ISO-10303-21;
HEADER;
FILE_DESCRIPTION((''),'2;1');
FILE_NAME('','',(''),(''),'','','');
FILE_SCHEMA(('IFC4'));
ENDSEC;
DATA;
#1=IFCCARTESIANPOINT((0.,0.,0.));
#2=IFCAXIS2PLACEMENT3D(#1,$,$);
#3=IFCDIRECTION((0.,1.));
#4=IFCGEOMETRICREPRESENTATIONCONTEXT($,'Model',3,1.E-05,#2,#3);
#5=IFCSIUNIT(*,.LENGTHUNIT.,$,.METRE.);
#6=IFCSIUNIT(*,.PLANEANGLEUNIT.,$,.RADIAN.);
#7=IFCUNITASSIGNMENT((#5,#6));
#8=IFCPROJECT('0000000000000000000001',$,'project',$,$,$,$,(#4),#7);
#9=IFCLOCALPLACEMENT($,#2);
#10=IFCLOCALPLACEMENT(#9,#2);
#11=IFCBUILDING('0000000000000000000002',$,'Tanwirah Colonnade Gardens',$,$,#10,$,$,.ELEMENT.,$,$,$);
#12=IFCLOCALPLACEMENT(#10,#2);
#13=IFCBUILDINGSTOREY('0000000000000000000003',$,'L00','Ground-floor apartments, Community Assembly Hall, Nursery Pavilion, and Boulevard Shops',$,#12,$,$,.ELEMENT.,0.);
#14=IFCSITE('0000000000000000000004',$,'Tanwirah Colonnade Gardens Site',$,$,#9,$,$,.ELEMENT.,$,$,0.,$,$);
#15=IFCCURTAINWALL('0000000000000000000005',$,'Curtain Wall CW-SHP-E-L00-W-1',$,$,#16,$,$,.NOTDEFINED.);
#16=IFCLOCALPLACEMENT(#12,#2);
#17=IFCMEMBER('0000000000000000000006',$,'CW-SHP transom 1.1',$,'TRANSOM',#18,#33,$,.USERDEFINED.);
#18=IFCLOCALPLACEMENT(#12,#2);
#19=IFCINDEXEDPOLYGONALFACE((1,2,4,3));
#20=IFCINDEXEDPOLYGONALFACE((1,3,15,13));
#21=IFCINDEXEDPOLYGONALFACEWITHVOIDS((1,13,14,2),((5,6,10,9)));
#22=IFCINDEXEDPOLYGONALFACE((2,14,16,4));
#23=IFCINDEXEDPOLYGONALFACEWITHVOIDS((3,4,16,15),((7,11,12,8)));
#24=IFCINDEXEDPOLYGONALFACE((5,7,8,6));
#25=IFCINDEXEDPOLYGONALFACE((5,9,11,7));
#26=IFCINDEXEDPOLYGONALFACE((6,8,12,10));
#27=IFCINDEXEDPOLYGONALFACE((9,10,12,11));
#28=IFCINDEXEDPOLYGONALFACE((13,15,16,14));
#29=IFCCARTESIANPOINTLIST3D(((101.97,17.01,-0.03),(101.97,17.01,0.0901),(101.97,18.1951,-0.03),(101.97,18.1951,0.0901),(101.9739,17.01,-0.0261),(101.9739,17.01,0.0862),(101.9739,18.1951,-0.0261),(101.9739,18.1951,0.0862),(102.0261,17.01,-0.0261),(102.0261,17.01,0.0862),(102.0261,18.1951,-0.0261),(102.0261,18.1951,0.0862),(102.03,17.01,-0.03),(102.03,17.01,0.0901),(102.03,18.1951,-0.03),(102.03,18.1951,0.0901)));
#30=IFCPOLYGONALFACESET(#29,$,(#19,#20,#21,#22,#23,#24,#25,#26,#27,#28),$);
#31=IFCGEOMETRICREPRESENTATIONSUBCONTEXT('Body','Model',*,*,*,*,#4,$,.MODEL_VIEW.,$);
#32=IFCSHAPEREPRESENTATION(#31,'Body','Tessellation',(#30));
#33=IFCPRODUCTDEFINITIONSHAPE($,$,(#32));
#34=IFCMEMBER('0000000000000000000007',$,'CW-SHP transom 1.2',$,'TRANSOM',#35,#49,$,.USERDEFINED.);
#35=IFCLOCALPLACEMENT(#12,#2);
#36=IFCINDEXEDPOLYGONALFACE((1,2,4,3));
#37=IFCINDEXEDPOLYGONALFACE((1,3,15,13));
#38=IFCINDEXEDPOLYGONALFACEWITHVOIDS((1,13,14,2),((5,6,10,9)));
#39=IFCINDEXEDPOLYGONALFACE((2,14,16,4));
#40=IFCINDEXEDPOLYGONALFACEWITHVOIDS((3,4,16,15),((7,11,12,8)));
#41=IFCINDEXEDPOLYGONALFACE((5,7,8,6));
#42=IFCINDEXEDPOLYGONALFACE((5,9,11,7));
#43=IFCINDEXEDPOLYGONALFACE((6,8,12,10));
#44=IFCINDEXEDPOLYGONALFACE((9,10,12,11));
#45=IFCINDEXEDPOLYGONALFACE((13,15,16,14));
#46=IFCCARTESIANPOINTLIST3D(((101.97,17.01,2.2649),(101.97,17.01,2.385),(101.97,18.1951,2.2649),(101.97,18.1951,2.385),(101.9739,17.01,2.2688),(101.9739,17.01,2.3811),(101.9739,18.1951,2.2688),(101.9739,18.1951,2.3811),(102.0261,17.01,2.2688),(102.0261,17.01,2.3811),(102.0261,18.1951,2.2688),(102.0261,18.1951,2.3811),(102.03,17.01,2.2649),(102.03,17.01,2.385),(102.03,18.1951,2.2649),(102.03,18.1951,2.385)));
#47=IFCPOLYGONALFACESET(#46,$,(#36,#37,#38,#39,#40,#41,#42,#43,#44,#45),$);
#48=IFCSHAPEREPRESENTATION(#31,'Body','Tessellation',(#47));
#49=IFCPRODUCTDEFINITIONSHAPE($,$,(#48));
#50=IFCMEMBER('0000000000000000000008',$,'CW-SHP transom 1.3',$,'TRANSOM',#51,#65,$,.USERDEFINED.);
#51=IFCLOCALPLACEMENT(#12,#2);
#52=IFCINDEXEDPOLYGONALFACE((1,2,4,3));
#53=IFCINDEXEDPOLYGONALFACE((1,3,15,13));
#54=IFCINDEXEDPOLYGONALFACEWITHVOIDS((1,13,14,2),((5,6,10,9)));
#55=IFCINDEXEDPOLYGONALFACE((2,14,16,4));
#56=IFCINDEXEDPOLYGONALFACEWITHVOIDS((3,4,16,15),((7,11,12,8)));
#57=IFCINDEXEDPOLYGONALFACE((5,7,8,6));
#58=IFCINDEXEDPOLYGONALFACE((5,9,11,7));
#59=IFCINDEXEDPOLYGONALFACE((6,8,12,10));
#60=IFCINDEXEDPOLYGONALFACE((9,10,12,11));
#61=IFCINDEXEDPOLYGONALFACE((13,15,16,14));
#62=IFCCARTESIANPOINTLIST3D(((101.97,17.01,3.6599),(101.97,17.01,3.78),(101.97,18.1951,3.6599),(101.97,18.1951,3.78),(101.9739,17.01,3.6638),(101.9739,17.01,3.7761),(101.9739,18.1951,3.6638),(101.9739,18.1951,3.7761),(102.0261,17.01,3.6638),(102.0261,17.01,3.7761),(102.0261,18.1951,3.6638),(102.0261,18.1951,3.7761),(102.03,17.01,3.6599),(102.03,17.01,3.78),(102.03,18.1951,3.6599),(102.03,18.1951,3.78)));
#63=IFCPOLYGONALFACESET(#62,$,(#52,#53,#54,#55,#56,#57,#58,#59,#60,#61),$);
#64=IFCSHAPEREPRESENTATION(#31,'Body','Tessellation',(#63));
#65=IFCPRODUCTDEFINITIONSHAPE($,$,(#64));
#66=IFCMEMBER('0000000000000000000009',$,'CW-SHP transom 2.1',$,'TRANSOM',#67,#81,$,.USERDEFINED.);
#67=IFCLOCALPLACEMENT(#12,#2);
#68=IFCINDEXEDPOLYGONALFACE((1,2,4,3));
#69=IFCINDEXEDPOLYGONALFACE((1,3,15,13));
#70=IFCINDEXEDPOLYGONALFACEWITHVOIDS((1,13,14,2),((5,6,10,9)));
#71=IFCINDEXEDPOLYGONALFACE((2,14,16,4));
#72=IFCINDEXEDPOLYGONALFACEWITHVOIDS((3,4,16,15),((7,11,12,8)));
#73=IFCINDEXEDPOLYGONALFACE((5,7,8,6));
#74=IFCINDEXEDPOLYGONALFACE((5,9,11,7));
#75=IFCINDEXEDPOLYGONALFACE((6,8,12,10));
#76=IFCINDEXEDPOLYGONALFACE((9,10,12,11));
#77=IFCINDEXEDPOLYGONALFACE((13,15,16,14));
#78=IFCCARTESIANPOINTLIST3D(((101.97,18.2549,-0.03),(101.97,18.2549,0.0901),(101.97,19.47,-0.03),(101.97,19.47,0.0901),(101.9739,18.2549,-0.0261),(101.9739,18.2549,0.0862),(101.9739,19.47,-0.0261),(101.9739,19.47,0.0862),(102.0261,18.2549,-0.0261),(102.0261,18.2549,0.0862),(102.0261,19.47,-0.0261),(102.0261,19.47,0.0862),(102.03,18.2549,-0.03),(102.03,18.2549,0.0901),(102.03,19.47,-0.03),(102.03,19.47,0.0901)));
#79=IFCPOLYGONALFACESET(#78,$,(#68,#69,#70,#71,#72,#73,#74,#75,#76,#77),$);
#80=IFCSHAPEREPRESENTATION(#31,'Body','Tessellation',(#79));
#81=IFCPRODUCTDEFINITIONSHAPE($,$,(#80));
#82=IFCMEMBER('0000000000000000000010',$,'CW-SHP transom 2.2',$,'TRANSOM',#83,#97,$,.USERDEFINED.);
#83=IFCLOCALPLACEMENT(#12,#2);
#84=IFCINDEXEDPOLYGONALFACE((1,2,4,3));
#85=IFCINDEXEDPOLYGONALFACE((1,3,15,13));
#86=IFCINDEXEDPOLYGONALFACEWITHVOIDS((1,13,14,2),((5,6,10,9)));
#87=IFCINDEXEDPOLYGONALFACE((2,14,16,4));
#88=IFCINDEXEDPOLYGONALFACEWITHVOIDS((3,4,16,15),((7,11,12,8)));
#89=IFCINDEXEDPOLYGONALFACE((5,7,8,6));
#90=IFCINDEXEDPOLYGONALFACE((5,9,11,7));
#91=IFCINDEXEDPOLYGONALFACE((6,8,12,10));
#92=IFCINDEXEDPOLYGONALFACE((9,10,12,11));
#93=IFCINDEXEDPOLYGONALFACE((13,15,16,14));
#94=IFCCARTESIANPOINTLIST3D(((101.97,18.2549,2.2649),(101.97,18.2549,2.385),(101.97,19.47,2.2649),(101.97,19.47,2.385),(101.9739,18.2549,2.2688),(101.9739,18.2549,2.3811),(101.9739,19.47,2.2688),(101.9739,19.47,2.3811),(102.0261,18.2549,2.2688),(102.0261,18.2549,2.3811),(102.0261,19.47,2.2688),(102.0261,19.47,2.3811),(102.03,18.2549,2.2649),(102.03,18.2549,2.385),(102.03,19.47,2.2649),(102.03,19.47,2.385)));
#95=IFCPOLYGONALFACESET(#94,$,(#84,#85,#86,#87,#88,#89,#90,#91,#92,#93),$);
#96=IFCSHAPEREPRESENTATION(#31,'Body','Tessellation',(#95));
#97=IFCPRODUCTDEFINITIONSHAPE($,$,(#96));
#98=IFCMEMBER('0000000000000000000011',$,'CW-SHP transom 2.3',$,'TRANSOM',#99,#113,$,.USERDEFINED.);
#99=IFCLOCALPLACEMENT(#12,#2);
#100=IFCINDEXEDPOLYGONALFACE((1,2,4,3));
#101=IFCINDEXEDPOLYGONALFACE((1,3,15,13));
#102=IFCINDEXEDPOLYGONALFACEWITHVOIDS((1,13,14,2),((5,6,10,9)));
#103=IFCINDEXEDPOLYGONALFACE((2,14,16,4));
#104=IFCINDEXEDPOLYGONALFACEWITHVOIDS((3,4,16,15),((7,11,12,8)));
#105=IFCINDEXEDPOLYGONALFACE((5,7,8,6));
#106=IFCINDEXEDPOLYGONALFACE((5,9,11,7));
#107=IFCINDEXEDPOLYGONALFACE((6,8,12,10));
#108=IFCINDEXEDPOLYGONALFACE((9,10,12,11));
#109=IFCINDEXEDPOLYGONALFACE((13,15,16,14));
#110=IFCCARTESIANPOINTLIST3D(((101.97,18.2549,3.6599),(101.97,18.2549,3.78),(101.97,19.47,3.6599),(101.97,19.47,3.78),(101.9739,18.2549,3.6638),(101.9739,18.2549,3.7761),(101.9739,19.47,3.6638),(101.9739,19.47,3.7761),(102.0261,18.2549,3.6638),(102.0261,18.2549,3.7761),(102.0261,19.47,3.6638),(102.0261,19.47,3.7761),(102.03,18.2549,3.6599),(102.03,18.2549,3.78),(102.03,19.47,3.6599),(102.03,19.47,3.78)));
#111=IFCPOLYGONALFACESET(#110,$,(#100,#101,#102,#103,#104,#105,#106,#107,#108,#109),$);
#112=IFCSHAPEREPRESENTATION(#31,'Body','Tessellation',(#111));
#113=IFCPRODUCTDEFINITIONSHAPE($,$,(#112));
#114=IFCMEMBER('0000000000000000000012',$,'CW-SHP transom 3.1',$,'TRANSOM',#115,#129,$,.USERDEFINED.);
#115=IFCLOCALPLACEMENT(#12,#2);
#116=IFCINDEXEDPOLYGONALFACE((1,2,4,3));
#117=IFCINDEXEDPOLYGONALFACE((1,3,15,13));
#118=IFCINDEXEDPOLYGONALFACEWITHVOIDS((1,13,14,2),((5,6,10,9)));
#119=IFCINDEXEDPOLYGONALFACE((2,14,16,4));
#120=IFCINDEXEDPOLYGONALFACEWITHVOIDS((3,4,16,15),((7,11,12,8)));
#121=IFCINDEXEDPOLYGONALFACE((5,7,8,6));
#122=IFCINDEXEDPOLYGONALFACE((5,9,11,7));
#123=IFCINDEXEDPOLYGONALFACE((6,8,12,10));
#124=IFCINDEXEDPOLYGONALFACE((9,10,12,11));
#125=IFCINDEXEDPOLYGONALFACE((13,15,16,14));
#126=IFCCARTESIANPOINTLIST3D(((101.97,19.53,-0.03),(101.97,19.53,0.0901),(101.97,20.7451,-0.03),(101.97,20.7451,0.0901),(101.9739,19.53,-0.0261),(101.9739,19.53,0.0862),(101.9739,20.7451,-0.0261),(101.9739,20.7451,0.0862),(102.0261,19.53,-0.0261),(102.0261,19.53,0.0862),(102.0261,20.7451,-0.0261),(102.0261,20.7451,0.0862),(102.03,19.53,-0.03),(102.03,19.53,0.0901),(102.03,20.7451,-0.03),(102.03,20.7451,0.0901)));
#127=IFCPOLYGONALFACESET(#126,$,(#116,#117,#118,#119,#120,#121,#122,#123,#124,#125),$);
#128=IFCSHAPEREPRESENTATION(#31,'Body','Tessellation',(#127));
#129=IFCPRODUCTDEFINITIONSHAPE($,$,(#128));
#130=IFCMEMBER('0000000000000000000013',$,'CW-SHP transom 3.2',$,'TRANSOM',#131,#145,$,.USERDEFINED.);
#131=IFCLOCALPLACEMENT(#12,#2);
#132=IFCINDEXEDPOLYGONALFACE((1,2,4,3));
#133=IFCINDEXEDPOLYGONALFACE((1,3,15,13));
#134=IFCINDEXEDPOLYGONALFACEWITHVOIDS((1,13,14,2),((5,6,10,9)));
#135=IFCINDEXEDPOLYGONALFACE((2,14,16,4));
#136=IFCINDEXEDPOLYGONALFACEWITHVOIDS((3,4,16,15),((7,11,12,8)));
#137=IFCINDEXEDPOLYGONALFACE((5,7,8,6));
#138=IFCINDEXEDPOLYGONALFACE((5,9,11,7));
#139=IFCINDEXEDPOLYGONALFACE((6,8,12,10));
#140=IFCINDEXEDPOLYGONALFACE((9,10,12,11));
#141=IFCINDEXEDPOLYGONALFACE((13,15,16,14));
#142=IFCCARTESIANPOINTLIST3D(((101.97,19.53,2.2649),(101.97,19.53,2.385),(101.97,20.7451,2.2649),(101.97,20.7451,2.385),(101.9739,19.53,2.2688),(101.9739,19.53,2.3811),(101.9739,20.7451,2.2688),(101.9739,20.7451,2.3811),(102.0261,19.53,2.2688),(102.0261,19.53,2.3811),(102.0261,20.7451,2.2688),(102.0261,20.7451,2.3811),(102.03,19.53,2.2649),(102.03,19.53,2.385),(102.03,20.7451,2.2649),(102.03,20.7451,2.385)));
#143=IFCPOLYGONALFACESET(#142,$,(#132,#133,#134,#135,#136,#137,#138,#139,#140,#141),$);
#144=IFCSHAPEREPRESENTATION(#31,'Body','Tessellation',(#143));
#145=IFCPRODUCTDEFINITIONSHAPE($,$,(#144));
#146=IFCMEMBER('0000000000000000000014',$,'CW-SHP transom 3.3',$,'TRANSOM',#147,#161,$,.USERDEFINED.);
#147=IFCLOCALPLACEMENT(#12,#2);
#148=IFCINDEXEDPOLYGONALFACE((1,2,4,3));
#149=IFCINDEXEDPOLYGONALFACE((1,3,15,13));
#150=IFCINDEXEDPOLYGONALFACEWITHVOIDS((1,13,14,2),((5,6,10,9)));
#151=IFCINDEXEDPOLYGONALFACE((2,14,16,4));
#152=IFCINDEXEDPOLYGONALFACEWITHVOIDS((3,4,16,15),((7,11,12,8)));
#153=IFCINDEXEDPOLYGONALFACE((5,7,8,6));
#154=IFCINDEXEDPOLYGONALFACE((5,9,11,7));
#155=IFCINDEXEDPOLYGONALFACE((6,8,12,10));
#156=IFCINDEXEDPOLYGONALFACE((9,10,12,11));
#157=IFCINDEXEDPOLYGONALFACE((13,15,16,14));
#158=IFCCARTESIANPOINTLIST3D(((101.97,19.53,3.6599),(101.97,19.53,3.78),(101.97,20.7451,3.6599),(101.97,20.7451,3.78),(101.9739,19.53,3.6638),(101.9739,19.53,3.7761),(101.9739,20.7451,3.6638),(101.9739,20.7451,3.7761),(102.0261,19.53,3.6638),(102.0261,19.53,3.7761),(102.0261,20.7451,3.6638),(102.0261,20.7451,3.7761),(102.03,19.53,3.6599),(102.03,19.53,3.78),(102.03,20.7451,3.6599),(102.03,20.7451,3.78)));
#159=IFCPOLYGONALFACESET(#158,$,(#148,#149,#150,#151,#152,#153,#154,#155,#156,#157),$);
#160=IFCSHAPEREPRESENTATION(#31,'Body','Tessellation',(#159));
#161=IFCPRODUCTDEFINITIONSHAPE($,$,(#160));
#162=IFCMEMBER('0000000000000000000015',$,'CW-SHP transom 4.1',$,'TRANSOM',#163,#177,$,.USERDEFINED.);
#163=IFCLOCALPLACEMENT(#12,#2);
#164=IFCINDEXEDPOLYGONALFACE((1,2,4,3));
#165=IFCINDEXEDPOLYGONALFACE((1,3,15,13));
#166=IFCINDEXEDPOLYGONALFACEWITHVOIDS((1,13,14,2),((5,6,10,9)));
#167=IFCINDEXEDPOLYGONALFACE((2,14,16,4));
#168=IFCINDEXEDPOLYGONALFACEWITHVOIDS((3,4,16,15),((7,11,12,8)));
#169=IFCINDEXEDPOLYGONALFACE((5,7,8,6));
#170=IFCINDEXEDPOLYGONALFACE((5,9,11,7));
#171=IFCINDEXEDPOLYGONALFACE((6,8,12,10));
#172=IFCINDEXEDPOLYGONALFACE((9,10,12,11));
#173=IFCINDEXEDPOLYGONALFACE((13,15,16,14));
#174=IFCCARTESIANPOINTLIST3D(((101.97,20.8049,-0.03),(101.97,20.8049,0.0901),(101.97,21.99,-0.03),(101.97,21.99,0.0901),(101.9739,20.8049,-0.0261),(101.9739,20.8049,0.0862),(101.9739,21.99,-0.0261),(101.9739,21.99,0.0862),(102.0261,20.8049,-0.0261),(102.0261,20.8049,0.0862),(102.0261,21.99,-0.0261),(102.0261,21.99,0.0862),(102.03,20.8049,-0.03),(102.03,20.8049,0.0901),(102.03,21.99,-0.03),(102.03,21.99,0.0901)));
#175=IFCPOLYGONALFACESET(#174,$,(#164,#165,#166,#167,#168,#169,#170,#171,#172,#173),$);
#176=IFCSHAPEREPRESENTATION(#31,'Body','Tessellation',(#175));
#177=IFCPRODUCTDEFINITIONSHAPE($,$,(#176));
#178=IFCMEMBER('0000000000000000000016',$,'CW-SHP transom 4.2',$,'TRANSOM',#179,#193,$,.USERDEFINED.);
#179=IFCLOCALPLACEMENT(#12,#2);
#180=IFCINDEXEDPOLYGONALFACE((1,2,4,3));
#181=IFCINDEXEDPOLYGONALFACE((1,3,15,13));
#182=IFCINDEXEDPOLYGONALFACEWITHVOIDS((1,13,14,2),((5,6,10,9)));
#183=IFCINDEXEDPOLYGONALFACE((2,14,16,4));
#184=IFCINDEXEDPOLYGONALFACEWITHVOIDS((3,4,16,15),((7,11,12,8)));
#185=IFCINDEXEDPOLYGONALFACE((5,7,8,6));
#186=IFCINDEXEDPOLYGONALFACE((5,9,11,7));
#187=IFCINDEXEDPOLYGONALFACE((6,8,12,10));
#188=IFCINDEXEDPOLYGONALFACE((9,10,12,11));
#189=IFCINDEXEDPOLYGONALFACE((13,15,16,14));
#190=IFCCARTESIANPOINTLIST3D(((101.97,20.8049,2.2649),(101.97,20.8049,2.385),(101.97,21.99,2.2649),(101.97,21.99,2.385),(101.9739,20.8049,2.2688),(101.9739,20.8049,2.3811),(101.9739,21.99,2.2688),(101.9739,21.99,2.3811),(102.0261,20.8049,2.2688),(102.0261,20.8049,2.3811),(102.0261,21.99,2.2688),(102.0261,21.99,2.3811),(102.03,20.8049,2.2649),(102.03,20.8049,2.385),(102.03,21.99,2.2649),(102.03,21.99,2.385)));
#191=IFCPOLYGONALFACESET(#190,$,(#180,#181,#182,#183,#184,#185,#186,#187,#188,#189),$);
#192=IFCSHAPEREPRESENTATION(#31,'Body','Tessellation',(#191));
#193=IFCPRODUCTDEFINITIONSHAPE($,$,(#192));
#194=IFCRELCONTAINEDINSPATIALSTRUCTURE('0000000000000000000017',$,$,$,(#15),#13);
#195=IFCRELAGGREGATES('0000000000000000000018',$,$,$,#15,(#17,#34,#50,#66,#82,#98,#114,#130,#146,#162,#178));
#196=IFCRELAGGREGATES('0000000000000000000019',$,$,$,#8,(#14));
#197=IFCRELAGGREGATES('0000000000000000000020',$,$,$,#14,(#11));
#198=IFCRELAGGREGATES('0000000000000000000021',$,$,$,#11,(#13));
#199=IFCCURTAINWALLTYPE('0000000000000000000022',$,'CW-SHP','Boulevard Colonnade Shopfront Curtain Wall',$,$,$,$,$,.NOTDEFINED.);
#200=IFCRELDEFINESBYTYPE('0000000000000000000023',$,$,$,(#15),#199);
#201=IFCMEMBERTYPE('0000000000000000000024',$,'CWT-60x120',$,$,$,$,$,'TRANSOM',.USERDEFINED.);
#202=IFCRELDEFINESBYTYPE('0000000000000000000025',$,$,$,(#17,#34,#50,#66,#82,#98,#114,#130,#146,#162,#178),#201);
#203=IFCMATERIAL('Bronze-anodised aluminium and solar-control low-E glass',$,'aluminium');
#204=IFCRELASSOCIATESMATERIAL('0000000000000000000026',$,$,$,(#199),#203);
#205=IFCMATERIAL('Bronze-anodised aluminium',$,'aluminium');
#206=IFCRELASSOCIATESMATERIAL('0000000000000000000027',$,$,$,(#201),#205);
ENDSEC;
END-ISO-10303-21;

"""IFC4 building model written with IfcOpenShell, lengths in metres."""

from ifc_helpers import new_model, si_unit, direction, frame, origin, origin_2d, place, context, subcontext, project, spatial, hollow_rectangle, extrude, material, material_profile, profile_set, type_object, element, aggregate, save


model = new_model("IFC4")

# Units and contexts
model_context = context("Model", 3, precision=1e-05, world=origin(), true_north=direction((0.0, 1.0)))
body_context = subcontext(model_context, "Body", "Model", "MODEL_VIEW")
ifc_project = project(units=[si_unit("LENGTHUNIT", "METRE"), si_unit("PLANEANGLEUNIT", "RADIAN")], contexts=[model_context])

# Site, building, storey
site_placement = place(None, origin())
site = spatial("IfcSite", under=ifc_project, at=site_placement, Name="Tanwirah Colonnade Gardens Site", CompositionType="ELEMENT", RefElevation=0.0)
building_placement = place(site_placement, origin())
building = spatial("IfcBuilding", under=site, at=building_placement, Name="Tanwirah Colonnade Gardens", CompositionType="ELEMENT")
storey_placement = place(building_placement, origin())
storey = spatial("IfcBuildingStorey", under=building, at=storey_placement, Name="L00", Description="Ground-floor apartments, Community Assembly Hall, Nursery Pavilion, and Boulevard Shops", CompositionType="ELEMENT", Elevation=0.0)

# Curtain wall, members
ifc_material_1 = material(Name="Bronze-anodised aluminium and solar-control low-E glass", Category="aluminium")
curtain_wall_type = type_object("IfcCurtainWallType", Name="CW-SHP", Description="Boulevard Colonnade Shopfront Curtain Wall", PredefinedType="NOTDEFINED", material=ifc_material_1)
curtain_wall_placement = place(storey_placement, origin())
curtain_wall = element("IfcCurtainWall", 1, at=curtain_wall_placement, inside=storey, type_object=curtain_wall_type, Name="Curtain Wall CW-SHP-E-L00-W-1", PredefinedType="NOTDEFINED")
ifc_material_2 = material(Name="Bronze-anodised aluminium", Category="aluminium")
ifc_material_profile_1 = material_profile(ifc_material_2, hollow_rectangle(XDim=0.0601, YDim=0.1201, WallThickness=0.0039, at=origin_2d()), Name="CW-TRN 60x120x4")
ifc_profile_set_1 = profile_set([ifc_material_profile_1], Name="Bronze-anodised aluminium")
member_type_1 = type_object("IfcMemberType", Name="CWT-60x120", ElementType="TRANSOM", PredefinedType="USERDEFINED", material=ifc_profile_set_1)
member_1_placement = place(storey_placement, frame((102.0, 17.01, 0.03), z_axis=(0.0, 1.0, 0.0), x_axis=(-1.0, 0.0, 0.0)))
member_1 = element("IfcMember", 2, at=member_1_placement, type_object=member_type_1, Name="CW-SHP transom 1.1", ObjectType="TRANSOM", PredefinedType="USERDEFINED", context=body_context, shape_type="SweptSolid", body=[
    extrude(hollow_rectangle(XDim=0.0601, YDim=0.1201, WallThickness=0.0039, at=origin_2d()), origin(), (0.0, 0.0, 1.0), 1.1851),
])
member_2_placement = place(storey_placement, frame((102.0, 17.01, 2.325), z_axis=(0.0, 1.0, 0.0), x_axis=(-1.0, 0.0, 0.0)))
member_2 = element("IfcMember", 3, at=member_2_placement, type_object=member_type_1, Name="CW-SHP transom 1.2", ObjectType="TRANSOM", PredefinedType="USERDEFINED", context=body_context, shape_type="SweptSolid", body=[
    extrude(hollow_rectangle(XDim=0.0601, YDim=0.1201, WallThickness=0.0039, at=origin_2d()), origin(), (0.0, 0.0, 1.0), 1.1851),
])
member_3_placement = place(storey_placement, frame((102.0, 17.01, 3.72), z_axis=(0.0, 1.0, 0.0), x_axis=(-1.0, 0.0, 0.0)))
member_3 = element("IfcMember", 4, at=member_3_placement, type_object=member_type_1, Name="CW-SHP transom 1.3", ObjectType="TRANSOM", PredefinedType="USERDEFINED", context=body_context, shape_type="SweptSolid", body=[
    extrude(hollow_rectangle(XDim=0.0601, YDim=0.1201, WallThickness=0.0039, at=origin_2d()), origin(), (0.0, 0.0, 1.0), 1.1851),
])
member_4_placement = place(storey_placement, frame((102.0, 18.2549, 0.03), z_axis=(0.0, 1.0, 0.0), x_axis=(-1.0, 0.0, 0.0)))
member_4 = element("IfcMember", 5, at=member_4_placement, type_object=member_type_1, Name="CW-SHP transom 2.1", ObjectType="TRANSOM", PredefinedType="USERDEFINED", context=body_context, shape_type="SweptSolid", body=[
    extrude(hollow_rectangle(XDim=0.0601, YDim=0.1201, WallThickness=0.0039, at=origin_2d()), origin(), (0.0, 0.0, 1.0), 1.2151),
])
member_5_placement = place(storey_placement, frame((102.0, 18.2549, 2.325), z_axis=(0.0, 1.0, 0.0), x_axis=(-1.0, 0.0, 0.0)))
member_5 = element("IfcMember", 6, at=member_5_placement, type_object=member_type_1, Name="CW-SHP transom 2.2", ObjectType="TRANSOM", PredefinedType="USERDEFINED", context=body_context, shape_type="SweptSolid", body=[
    extrude(hollow_rectangle(XDim=0.0601, YDim=0.1201, WallThickness=0.0039, at=origin_2d()), origin(), (0.0, 0.0, 1.0), 1.2151),
])
member_6_placement = place(storey_placement, frame((102.0, 18.2549, 3.72), z_axis=(0.0, 1.0, 0.0), x_axis=(-1.0, 0.0, 0.0)))
member_6 = element("IfcMember", 7, at=member_6_placement, type_object=member_type_1, Name="CW-SHP transom 2.3", ObjectType="TRANSOM", PredefinedType="USERDEFINED", context=body_context, shape_type="SweptSolid", body=[
    extrude(hollow_rectangle(XDim=0.0601, YDim=0.1201, WallThickness=0.0039, at=origin_2d()), origin(), (0.0, 0.0, 1.0), 1.2151),
])
member_7_placement = place(storey_placement, frame((102.0, 19.53, 0.03), z_axis=(0.0, 1.0, 0.0), x_axis=(-1.0, 0.0, 0.0)))
member_7 = element("IfcMember", 8, at=member_7_placement, type_object=member_type_1, Name="CW-SHP transom 3.1", ObjectType="TRANSOM", PredefinedType="USERDEFINED", context=body_context, shape_type="SweptSolid", body=[
    extrude(hollow_rectangle(XDim=0.0601, YDim=0.1201, WallThickness=0.0039, at=origin_2d()), origin(), (0.0, 0.0, 1.0), 1.2151),
])
member_8_placement = place(storey_placement, frame((102.0, 19.53, 2.325), z_axis=(0.0, 1.0, 0.0), x_axis=(-1.0, 0.0, 0.0)))
member_8 = element("IfcMember", 9, at=member_8_placement, type_object=member_type_1, Name="CW-SHP transom 3.2", ObjectType="TRANSOM", PredefinedType="USERDEFINED", context=body_context, shape_type="SweptSolid", body=[
    extrude(hollow_rectangle(XDim=0.0601, YDim=0.1201, WallThickness=0.0039, at=origin_2d()), origin(), (0.0, 0.0, 1.0), 1.2151),
])
member_9_placement = place(storey_placement, frame((102.0, 19.53, 3.72), z_axis=(0.0, 1.0, 0.0), x_axis=(-1.0, 0.0, 0.0)))
member_9 = element("IfcMember", 10, at=member_9_placement, type_object=member_type_1, Name="CW-SHP transom 3.3", ObjectType="TRANSOM", PredefinedType="USERDEFINED", context=body_context, shape_type="SweptSolid", body=[
    extrude(hollow_rectangle(XDim=0.0601, YDim=0.1201, WallThickness=0.0039, at=origin_2d()), origin(), (0.0, 0.0, 1.0), 1.2151),
])
member_10_placement = place(storey_placement, frame((102.0, 20.8049, 0.03), z_axis=(0.0, 1.0, 0.0), x_axis=(-1.0, 0.0, 0.0)))
member_10 = element("IfcMember", 11, at=member_10_placement, type_object=member_type_1, Name="CW-SHP transom 4.1", ObjectType="TRANSOM", PredefinedType="USERDEFINED", context=body_context, shape_type="SweptSolid", body=[
    extrude(hollow_rectangle(XDim=0.0601, YDim=0.1201, WallThickness=0.0039, at=origin_2d()), origin(), (0.0, 0.0, 1.0), 1.1851),
])
member_11_placement = place(storey_placement, frame((102.0, 20.8049, 2.325), z_axis=(0.0, 1.0, 0.0), x_axis=(-1.0, 0.0, 0.0)))
member_11 = element("IfcMember", 12, at=member_11_placement, type_object=member_type_1, Name="CW-SHP transom 4.2", ObjectType="TRANSOM", PredefinedType="USERDEFINED", context=body_context, shape_type="SweptSolid", body=[
    extrude(hollow_rectangle(XDim=0.0601, YDim=0.1201, WallThickness=0.0039, at=origin_2d()), origin(), (0.0, 0.0, 1.0), 1.1851),
])
aggregate(curtain_wall, [member_1, member_2, member_3, member_4, member_5, member_6, member_7, member_8, member_9, member_10, member_11])

save(model, "model.ifc")
